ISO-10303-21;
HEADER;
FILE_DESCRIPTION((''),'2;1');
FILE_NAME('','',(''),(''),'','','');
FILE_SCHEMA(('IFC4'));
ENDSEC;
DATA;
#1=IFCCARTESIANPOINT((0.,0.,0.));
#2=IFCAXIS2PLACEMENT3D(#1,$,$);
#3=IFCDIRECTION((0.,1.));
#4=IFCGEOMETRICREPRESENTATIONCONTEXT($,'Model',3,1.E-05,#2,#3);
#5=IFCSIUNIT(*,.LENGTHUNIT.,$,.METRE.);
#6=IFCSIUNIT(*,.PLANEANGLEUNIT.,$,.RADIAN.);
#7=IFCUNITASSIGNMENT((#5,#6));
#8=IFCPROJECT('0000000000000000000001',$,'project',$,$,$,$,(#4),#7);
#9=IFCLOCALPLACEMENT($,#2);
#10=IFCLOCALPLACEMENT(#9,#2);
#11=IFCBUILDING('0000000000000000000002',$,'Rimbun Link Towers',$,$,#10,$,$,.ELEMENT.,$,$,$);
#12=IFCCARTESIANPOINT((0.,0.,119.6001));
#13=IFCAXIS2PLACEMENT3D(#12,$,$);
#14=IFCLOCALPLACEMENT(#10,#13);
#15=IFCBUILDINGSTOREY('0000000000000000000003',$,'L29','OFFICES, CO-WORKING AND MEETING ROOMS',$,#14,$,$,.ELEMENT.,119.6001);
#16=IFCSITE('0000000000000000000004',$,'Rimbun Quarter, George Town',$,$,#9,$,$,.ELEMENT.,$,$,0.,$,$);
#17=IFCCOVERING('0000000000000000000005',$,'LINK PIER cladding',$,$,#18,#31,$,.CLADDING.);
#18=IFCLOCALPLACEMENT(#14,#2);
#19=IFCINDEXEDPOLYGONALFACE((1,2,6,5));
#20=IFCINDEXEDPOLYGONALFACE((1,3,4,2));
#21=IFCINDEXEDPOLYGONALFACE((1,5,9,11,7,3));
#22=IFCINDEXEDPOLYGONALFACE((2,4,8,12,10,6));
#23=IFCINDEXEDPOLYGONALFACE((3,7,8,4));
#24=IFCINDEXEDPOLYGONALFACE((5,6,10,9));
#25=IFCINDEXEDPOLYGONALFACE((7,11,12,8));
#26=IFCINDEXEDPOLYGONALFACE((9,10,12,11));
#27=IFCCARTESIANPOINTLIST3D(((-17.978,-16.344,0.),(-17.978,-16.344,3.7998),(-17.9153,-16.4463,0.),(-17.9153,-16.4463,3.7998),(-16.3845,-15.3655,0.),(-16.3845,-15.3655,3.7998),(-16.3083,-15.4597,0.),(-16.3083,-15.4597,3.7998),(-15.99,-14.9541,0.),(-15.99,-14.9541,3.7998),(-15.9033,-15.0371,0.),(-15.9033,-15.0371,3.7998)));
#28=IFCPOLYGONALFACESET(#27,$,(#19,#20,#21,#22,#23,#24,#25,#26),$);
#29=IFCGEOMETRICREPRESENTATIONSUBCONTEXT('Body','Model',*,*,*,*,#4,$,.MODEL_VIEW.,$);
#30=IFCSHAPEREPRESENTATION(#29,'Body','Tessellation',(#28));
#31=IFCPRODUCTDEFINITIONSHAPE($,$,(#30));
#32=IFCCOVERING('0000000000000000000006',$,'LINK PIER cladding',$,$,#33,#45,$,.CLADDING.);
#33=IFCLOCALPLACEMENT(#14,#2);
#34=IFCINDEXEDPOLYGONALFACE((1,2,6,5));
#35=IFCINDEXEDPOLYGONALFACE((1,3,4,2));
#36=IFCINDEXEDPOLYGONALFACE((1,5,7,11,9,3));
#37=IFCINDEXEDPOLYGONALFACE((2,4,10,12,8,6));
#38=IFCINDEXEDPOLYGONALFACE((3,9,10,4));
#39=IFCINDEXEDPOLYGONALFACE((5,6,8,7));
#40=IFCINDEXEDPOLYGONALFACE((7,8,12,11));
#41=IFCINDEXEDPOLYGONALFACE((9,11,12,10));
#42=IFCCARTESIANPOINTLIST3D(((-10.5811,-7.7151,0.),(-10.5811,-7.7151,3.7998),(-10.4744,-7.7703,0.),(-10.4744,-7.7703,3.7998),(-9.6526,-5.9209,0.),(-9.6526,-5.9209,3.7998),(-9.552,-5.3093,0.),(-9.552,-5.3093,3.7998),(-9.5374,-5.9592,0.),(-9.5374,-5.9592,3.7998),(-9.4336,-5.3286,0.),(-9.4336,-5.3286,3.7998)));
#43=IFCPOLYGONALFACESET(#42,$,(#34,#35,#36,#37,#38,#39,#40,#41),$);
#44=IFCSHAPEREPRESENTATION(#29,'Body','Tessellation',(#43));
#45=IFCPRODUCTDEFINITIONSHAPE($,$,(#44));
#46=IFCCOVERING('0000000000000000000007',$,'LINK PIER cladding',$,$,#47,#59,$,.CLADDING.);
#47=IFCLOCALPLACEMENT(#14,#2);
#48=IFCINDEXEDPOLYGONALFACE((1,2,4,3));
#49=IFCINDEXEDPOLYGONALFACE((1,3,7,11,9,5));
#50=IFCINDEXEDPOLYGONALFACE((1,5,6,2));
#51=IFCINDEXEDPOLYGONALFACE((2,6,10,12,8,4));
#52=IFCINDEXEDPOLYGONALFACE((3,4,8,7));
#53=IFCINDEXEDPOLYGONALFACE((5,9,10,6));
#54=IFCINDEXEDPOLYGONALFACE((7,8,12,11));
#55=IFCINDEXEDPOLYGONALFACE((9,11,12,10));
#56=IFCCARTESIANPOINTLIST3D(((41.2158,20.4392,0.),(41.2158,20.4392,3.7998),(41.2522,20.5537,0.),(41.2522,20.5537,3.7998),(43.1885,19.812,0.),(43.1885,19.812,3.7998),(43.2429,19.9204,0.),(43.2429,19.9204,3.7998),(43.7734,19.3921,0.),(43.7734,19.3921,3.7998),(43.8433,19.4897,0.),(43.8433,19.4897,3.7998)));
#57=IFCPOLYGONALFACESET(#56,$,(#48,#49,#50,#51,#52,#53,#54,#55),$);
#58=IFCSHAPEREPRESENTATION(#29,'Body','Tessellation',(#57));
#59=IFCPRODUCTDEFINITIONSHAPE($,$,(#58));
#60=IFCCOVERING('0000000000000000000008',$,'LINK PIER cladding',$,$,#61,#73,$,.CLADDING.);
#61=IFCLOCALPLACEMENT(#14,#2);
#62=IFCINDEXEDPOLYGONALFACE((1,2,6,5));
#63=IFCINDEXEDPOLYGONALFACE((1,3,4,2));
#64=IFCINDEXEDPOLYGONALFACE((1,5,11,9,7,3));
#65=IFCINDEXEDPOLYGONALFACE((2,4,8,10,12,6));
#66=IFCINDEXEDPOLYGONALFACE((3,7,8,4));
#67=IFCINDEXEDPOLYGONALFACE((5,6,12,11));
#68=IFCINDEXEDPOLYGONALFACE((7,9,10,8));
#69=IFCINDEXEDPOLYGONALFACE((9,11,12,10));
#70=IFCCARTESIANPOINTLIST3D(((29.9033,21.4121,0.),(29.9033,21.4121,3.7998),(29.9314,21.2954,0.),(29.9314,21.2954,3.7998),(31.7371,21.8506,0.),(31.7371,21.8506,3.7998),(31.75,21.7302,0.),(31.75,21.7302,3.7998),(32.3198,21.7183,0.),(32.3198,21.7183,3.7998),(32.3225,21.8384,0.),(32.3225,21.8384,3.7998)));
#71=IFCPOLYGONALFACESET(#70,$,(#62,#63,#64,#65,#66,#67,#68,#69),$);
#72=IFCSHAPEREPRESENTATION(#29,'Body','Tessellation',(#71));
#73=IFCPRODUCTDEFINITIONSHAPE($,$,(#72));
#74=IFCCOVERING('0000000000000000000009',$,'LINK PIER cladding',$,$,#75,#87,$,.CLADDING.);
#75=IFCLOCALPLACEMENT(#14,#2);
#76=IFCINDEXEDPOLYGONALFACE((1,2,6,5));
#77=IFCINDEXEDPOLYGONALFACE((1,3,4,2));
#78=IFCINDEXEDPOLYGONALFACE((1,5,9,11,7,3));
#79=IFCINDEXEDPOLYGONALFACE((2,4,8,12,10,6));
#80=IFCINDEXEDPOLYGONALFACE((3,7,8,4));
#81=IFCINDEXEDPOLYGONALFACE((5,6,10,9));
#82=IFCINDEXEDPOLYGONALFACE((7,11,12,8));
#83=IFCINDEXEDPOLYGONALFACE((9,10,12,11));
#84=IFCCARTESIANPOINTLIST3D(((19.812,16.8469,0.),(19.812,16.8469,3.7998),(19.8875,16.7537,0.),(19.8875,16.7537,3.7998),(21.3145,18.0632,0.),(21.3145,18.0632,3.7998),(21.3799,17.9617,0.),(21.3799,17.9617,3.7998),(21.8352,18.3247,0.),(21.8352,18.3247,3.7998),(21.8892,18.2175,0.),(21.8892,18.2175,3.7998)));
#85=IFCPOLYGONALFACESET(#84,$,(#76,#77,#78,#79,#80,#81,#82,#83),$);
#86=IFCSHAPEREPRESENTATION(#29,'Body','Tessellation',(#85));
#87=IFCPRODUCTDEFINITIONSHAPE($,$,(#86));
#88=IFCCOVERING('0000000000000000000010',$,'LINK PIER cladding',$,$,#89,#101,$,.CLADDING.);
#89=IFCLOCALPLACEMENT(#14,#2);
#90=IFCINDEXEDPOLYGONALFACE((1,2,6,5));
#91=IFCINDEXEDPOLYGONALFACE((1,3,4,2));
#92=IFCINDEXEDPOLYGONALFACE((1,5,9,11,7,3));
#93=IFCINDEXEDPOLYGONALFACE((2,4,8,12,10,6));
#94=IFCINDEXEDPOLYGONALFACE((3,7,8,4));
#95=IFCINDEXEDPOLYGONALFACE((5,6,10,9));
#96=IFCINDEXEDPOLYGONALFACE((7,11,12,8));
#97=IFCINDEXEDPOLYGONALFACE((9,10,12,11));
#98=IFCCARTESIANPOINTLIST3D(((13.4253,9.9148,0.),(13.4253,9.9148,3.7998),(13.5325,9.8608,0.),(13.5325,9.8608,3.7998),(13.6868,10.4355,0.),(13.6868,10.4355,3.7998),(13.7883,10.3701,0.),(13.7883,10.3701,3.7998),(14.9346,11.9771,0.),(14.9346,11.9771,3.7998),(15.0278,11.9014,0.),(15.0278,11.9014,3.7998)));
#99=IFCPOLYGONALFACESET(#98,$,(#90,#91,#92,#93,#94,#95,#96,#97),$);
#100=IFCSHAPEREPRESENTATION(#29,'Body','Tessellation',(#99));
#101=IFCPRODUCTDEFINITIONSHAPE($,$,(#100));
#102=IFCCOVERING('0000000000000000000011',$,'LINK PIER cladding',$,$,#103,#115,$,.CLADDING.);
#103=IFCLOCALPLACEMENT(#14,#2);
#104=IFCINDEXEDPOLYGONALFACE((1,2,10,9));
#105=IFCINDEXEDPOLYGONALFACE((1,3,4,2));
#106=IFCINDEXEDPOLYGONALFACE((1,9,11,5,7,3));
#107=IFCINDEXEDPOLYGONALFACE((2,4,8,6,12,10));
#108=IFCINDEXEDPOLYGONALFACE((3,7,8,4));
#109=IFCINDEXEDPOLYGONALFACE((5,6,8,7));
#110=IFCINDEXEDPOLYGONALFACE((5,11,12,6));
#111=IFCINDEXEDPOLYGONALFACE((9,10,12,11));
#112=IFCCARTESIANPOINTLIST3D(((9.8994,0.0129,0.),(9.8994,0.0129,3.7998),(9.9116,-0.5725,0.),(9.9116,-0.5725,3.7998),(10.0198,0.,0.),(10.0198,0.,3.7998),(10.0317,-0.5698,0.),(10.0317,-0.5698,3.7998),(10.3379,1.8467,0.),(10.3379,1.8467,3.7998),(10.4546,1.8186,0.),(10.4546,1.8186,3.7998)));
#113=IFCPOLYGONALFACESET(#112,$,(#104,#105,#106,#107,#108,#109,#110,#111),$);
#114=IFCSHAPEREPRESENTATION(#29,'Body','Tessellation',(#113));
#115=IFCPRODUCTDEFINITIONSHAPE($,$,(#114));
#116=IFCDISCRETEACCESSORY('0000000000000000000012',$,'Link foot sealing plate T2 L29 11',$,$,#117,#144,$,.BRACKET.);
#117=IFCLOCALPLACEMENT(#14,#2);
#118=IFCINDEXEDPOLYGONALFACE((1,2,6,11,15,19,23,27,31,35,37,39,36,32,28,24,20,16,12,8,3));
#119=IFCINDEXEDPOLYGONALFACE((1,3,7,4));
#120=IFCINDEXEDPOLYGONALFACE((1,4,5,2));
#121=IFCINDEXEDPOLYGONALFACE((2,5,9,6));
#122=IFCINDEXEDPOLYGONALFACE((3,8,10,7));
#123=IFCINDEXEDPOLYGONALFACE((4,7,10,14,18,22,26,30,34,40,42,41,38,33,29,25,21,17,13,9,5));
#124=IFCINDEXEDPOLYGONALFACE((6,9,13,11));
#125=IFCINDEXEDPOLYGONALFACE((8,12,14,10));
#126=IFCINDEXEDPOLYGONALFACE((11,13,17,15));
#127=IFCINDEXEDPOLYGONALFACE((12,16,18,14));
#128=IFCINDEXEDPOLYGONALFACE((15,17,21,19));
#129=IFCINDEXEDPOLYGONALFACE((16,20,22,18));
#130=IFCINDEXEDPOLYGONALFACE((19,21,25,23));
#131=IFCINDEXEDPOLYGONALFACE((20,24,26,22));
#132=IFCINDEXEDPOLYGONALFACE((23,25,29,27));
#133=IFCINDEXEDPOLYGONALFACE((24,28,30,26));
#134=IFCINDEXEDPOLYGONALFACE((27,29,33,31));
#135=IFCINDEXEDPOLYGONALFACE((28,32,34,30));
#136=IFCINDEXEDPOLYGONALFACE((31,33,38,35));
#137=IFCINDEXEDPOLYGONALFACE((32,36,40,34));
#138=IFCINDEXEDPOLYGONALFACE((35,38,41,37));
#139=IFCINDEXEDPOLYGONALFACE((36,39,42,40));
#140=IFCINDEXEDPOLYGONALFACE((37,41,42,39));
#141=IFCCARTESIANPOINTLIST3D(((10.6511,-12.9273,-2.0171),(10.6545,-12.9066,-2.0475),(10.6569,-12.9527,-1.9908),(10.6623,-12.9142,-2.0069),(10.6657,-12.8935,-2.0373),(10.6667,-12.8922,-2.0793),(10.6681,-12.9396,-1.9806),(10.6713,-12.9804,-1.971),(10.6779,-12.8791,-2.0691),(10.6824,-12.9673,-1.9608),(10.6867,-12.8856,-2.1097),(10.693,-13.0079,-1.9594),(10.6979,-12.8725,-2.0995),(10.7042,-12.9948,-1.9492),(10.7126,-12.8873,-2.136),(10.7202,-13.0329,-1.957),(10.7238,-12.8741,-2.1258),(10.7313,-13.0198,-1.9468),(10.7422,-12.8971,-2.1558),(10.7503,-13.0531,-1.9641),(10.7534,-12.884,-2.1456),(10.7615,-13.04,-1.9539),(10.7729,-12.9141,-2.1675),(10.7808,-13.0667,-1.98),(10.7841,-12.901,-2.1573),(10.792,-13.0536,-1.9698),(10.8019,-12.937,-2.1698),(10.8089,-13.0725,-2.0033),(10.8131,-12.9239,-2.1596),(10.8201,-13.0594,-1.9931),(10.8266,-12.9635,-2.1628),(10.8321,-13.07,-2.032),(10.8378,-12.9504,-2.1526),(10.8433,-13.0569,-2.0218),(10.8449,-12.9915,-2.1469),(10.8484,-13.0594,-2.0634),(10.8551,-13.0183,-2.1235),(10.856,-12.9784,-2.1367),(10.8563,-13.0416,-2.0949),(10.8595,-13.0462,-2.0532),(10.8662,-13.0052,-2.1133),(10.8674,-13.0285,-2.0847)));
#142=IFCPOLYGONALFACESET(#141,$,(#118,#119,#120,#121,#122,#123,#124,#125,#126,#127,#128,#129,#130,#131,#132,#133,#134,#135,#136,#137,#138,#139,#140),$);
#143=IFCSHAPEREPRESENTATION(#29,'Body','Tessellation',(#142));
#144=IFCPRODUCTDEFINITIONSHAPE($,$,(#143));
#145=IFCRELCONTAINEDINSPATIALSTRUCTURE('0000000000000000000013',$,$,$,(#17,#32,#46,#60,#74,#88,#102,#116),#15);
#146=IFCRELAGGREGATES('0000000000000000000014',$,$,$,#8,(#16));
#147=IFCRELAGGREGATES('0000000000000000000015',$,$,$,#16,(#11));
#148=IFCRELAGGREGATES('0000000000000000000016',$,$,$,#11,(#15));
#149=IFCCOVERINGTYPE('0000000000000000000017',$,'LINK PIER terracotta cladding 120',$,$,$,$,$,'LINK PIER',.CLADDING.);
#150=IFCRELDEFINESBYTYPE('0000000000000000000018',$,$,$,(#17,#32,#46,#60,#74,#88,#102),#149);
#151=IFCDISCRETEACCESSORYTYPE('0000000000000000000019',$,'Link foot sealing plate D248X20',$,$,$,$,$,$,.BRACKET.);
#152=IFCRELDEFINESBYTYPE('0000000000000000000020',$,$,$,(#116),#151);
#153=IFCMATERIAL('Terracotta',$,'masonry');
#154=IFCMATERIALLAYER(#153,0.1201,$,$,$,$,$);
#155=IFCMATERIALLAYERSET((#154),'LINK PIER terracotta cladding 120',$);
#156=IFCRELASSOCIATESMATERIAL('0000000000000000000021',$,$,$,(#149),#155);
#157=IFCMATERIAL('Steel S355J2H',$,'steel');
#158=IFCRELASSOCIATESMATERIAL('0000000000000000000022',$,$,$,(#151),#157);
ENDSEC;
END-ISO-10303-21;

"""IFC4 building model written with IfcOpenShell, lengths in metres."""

from ifc_helpers import new_model, si_unit, direction, frame, origin, origin_2d, place, context, subcontext, project, spatial, polyline, circle, outline, extrude, material, layer, layer_set, material_profile, profile_set, type_object, element, save


model = new_model("IFC4")

# Units and contexts
model_context = context("Model", 3, precision=1e-05, world=origin(), true_north=direction((0.0, 1.0)))
body_context = subcontext(model_context, "Body", "Model", "MODEL_VIEW")
ifc_project = project(units=[si_unit("LENGTHUNIT", "METRE"), si_unit("PLANEANGLEUNIT", "RADIAN")], contexts=[model_context])

# Site, building, storey
site_placement = place(None, origin())
site = spatial("IfcSite", under=ifc_project, at=site_placement, Name="Rimbun Quarter, George Town", CompositionType="ELEMENT", RefElevation=0.0)
building_placement = place(site_placement, origin())
building = spatial("IfcBuilding", under=site, at=building_placement, Name="Rimbun Link Towers", CompositionType="ELEMENT")
storey_placement = place(building_placement, frame((0.0, 0.0, 119.6001)))
storey = spatial("IfcBuildingStorey", under=building, at=storey_placement, Name="L29", Description="OFFICES, CO-WORKING AND MEETING ROOMS", CompositionType="ELEMENT", Elevation=119.6001)

# Coverings
ifc_material_1 = material(Name="Terracotta", Category="masonry")
ifc_layer_1 = layer(ifc_material_1, 0.1201)
ifc_layer_set_1 = layer_set([ifc_layer_1], Name="LINK PIER terracotta cladding 120")
covering_type_1 = type_object("IfcCoveringType", Name="LINK PIER terracotta cladding 120", ElementType="LINK PIER", PredefinedType="CLADDING", material=ifc_layer_set_1)
covering_1_placement = place(storey_placement, origin())
element("IfcCovering", 1, at=covering_1_placement, inside=storey, type_object=covering_type_1, Name="LINK PIER cladding", PredefinedType="CLADDING", context=body_context, shape_type="SweptSolid", body=[
    extrude(outline(polyline([(-15.99, -14.9541), (-16.3845, -15.3655), (-17.978, -16.344), (-17.9153, -16.4463), (-16.3083, -15.4597), (-15.9033, -15.0371), (-15.99, -14.9541)])), origin(), (0.0, 0.0, 1.0), 3.7998),
])
covering_2_placement = place(storey_placement, origin())
element("IfcCovering", 2, at=covering_2_placement, inside=storey, type_object=covering_type_1, Name="LINK PIER cladding", PredefinedType="CLADDING", context=body_context, shape_type="SweptSolid", body=[
    extrude(outline(polyline([(-9.552, -5.3093), (-9.6526, -5.9209), (-10.5811, -7.7151), (-10.4744, -7.7703), (-9.5374, -5.9592), (-9.4336, -5.3286), (-9.552, -5.3093)])), origin(), (0.0, 0.0, 1.0), 3.7998),
])
covering_3_placement = place(storey_placement, origin())
element("IfcCovering", 3, at=covering_3_placement, inside=storey, type_object=covering_type_1, Name="LINK PIER cladding", PredefinedType="CLADDING", context=body_context, shape_type="SweptSolid", body=[
    extrude(outline(polyline([(41.2158, 20.4392), (43.1885, 19.812), (43.7734, 19.3921), (43.8433, 19.4897), (43.2429, 19.9204), (41.2522, 20.5537), (41.2158, 20.4392)])), origin(), (0.0, 0.0, 1.0), 3.7998),
])
covering_4_placement = place(storey_placement, origin())
element("IfcCovering", 4, at=covering_4_placement, inside=storey, type_object=covering_type_1, Name="LINK PIER cladding", PredefinedType="CLADDING", context=body_context, shape_type="SweptSolid", body=[
    extrude(outline(polyline([(29.9314, 21.2954), (31.75, 21.7302), (32.3198, 21.7183), (32.3225, 21.8384), (31.7371, 21.8506), (29.9033, 21.4121), (29.9314, 21.2954)])), origin(), (0.0, 0.0, 1.0), 3.7998),
])
covering_5_placement = place(storey_placement, origin())
element("IfcCovering", 5, at=covering_5_placement, inside=storey, type_object=covering_type_1, Name="LINK PIER cladding", PredefinedType="CLADDING", context=body_context, shape_type="SweptSolid", body=[
    extrude(outline(polyline([(19.8875, 16.7537), (21.3799, 17.9617), (21.8892, 18.2175), (21.8352, 18.3247), (21.3145, 18.0632), (19.812, 16.8469), (19.8875, 16.7537)])), origin(), (0.0, 0.0, 1.0), 3.7998),
])
covering_6_placement = place(storey_placement, origin())
element("IfcCovering", 6, at=covering_6_placement, inside=storey, type_object=covering_type_1, Name="LINK PIER cladding", PredefinedType="CLADDING", context=body_context, shape_type="SweptSolid", body=[
    extrude(outline(polyline([(13.5325, 9.8608), (13.7883, 10.3701), (15.0278, 11.9014), (14.9346, 11.9771), (13.6868, 10.4355), (13.4253, 9.9148), (13.5325, 9.8608)])), origin(), (0.0, 0.0, 1.0), 3.7998),
])
covering_7_placement = place(storey_placement, origin())
element("IfcCovering", 7, at=covering_7_placement, inside=storey, type_object=covering_type_1, Name="LINK PIER cladding", PredefinedType="CLADDING", context=body_context, shape_type="SweptSolid", body=[
    extrude(outline(polyline([(10.0317, -0.5698), (10.0198, 0.0), (10.4546, 1.8186), (10.3379, 1.8467), (9.8994, 0.0129), (9.9116, -0.5725), (10.0317, -0.5698)])), origin(), (0.0, 0.0, 1.0), 3.7998),
])

# Discrete accessory
ifc_material_2 = material(Name="Steel S355J2H", Category="steel")
ifc_material_profile_1 = material_profile(ifc_material_2, circle(Radius=0.124, at=origin_2d()), Name="PL D248")
ifc_profile_set_1 = profile_set([ifc_material_profile_1], Name="Steel S355J2H")
discrete_accessory_type = type_object("IfcDiscreteAccessoryType", Name="Link foot sealing plate D248X20", PredefinedType="BRACKET", material=ifc_profile_set_1)
discrete_accessory_placement = place(storey_placement, frame((10.7651, -12.9658, -2.0532), z_axis=(-0.557996, -0.655039, -0.509475), x_axis=(0.761243, -0.648466, 0.0)))
element("IfcDiscreteAccessory", 8, at=discrete_accessory_placement, inside=storey, type_object=discrete_accessory_type, Name="Link foot sealing plate T2 L29 11", PredefinedType="BRACKET", context=body_context, shape_type="SweptSolid", body=[
    extrude(circle(Radius=0.124, at=origin_2d()), origin(), (0.0, 0.0, 1.0), 0.02),
])

save(model, "model.ifc")
